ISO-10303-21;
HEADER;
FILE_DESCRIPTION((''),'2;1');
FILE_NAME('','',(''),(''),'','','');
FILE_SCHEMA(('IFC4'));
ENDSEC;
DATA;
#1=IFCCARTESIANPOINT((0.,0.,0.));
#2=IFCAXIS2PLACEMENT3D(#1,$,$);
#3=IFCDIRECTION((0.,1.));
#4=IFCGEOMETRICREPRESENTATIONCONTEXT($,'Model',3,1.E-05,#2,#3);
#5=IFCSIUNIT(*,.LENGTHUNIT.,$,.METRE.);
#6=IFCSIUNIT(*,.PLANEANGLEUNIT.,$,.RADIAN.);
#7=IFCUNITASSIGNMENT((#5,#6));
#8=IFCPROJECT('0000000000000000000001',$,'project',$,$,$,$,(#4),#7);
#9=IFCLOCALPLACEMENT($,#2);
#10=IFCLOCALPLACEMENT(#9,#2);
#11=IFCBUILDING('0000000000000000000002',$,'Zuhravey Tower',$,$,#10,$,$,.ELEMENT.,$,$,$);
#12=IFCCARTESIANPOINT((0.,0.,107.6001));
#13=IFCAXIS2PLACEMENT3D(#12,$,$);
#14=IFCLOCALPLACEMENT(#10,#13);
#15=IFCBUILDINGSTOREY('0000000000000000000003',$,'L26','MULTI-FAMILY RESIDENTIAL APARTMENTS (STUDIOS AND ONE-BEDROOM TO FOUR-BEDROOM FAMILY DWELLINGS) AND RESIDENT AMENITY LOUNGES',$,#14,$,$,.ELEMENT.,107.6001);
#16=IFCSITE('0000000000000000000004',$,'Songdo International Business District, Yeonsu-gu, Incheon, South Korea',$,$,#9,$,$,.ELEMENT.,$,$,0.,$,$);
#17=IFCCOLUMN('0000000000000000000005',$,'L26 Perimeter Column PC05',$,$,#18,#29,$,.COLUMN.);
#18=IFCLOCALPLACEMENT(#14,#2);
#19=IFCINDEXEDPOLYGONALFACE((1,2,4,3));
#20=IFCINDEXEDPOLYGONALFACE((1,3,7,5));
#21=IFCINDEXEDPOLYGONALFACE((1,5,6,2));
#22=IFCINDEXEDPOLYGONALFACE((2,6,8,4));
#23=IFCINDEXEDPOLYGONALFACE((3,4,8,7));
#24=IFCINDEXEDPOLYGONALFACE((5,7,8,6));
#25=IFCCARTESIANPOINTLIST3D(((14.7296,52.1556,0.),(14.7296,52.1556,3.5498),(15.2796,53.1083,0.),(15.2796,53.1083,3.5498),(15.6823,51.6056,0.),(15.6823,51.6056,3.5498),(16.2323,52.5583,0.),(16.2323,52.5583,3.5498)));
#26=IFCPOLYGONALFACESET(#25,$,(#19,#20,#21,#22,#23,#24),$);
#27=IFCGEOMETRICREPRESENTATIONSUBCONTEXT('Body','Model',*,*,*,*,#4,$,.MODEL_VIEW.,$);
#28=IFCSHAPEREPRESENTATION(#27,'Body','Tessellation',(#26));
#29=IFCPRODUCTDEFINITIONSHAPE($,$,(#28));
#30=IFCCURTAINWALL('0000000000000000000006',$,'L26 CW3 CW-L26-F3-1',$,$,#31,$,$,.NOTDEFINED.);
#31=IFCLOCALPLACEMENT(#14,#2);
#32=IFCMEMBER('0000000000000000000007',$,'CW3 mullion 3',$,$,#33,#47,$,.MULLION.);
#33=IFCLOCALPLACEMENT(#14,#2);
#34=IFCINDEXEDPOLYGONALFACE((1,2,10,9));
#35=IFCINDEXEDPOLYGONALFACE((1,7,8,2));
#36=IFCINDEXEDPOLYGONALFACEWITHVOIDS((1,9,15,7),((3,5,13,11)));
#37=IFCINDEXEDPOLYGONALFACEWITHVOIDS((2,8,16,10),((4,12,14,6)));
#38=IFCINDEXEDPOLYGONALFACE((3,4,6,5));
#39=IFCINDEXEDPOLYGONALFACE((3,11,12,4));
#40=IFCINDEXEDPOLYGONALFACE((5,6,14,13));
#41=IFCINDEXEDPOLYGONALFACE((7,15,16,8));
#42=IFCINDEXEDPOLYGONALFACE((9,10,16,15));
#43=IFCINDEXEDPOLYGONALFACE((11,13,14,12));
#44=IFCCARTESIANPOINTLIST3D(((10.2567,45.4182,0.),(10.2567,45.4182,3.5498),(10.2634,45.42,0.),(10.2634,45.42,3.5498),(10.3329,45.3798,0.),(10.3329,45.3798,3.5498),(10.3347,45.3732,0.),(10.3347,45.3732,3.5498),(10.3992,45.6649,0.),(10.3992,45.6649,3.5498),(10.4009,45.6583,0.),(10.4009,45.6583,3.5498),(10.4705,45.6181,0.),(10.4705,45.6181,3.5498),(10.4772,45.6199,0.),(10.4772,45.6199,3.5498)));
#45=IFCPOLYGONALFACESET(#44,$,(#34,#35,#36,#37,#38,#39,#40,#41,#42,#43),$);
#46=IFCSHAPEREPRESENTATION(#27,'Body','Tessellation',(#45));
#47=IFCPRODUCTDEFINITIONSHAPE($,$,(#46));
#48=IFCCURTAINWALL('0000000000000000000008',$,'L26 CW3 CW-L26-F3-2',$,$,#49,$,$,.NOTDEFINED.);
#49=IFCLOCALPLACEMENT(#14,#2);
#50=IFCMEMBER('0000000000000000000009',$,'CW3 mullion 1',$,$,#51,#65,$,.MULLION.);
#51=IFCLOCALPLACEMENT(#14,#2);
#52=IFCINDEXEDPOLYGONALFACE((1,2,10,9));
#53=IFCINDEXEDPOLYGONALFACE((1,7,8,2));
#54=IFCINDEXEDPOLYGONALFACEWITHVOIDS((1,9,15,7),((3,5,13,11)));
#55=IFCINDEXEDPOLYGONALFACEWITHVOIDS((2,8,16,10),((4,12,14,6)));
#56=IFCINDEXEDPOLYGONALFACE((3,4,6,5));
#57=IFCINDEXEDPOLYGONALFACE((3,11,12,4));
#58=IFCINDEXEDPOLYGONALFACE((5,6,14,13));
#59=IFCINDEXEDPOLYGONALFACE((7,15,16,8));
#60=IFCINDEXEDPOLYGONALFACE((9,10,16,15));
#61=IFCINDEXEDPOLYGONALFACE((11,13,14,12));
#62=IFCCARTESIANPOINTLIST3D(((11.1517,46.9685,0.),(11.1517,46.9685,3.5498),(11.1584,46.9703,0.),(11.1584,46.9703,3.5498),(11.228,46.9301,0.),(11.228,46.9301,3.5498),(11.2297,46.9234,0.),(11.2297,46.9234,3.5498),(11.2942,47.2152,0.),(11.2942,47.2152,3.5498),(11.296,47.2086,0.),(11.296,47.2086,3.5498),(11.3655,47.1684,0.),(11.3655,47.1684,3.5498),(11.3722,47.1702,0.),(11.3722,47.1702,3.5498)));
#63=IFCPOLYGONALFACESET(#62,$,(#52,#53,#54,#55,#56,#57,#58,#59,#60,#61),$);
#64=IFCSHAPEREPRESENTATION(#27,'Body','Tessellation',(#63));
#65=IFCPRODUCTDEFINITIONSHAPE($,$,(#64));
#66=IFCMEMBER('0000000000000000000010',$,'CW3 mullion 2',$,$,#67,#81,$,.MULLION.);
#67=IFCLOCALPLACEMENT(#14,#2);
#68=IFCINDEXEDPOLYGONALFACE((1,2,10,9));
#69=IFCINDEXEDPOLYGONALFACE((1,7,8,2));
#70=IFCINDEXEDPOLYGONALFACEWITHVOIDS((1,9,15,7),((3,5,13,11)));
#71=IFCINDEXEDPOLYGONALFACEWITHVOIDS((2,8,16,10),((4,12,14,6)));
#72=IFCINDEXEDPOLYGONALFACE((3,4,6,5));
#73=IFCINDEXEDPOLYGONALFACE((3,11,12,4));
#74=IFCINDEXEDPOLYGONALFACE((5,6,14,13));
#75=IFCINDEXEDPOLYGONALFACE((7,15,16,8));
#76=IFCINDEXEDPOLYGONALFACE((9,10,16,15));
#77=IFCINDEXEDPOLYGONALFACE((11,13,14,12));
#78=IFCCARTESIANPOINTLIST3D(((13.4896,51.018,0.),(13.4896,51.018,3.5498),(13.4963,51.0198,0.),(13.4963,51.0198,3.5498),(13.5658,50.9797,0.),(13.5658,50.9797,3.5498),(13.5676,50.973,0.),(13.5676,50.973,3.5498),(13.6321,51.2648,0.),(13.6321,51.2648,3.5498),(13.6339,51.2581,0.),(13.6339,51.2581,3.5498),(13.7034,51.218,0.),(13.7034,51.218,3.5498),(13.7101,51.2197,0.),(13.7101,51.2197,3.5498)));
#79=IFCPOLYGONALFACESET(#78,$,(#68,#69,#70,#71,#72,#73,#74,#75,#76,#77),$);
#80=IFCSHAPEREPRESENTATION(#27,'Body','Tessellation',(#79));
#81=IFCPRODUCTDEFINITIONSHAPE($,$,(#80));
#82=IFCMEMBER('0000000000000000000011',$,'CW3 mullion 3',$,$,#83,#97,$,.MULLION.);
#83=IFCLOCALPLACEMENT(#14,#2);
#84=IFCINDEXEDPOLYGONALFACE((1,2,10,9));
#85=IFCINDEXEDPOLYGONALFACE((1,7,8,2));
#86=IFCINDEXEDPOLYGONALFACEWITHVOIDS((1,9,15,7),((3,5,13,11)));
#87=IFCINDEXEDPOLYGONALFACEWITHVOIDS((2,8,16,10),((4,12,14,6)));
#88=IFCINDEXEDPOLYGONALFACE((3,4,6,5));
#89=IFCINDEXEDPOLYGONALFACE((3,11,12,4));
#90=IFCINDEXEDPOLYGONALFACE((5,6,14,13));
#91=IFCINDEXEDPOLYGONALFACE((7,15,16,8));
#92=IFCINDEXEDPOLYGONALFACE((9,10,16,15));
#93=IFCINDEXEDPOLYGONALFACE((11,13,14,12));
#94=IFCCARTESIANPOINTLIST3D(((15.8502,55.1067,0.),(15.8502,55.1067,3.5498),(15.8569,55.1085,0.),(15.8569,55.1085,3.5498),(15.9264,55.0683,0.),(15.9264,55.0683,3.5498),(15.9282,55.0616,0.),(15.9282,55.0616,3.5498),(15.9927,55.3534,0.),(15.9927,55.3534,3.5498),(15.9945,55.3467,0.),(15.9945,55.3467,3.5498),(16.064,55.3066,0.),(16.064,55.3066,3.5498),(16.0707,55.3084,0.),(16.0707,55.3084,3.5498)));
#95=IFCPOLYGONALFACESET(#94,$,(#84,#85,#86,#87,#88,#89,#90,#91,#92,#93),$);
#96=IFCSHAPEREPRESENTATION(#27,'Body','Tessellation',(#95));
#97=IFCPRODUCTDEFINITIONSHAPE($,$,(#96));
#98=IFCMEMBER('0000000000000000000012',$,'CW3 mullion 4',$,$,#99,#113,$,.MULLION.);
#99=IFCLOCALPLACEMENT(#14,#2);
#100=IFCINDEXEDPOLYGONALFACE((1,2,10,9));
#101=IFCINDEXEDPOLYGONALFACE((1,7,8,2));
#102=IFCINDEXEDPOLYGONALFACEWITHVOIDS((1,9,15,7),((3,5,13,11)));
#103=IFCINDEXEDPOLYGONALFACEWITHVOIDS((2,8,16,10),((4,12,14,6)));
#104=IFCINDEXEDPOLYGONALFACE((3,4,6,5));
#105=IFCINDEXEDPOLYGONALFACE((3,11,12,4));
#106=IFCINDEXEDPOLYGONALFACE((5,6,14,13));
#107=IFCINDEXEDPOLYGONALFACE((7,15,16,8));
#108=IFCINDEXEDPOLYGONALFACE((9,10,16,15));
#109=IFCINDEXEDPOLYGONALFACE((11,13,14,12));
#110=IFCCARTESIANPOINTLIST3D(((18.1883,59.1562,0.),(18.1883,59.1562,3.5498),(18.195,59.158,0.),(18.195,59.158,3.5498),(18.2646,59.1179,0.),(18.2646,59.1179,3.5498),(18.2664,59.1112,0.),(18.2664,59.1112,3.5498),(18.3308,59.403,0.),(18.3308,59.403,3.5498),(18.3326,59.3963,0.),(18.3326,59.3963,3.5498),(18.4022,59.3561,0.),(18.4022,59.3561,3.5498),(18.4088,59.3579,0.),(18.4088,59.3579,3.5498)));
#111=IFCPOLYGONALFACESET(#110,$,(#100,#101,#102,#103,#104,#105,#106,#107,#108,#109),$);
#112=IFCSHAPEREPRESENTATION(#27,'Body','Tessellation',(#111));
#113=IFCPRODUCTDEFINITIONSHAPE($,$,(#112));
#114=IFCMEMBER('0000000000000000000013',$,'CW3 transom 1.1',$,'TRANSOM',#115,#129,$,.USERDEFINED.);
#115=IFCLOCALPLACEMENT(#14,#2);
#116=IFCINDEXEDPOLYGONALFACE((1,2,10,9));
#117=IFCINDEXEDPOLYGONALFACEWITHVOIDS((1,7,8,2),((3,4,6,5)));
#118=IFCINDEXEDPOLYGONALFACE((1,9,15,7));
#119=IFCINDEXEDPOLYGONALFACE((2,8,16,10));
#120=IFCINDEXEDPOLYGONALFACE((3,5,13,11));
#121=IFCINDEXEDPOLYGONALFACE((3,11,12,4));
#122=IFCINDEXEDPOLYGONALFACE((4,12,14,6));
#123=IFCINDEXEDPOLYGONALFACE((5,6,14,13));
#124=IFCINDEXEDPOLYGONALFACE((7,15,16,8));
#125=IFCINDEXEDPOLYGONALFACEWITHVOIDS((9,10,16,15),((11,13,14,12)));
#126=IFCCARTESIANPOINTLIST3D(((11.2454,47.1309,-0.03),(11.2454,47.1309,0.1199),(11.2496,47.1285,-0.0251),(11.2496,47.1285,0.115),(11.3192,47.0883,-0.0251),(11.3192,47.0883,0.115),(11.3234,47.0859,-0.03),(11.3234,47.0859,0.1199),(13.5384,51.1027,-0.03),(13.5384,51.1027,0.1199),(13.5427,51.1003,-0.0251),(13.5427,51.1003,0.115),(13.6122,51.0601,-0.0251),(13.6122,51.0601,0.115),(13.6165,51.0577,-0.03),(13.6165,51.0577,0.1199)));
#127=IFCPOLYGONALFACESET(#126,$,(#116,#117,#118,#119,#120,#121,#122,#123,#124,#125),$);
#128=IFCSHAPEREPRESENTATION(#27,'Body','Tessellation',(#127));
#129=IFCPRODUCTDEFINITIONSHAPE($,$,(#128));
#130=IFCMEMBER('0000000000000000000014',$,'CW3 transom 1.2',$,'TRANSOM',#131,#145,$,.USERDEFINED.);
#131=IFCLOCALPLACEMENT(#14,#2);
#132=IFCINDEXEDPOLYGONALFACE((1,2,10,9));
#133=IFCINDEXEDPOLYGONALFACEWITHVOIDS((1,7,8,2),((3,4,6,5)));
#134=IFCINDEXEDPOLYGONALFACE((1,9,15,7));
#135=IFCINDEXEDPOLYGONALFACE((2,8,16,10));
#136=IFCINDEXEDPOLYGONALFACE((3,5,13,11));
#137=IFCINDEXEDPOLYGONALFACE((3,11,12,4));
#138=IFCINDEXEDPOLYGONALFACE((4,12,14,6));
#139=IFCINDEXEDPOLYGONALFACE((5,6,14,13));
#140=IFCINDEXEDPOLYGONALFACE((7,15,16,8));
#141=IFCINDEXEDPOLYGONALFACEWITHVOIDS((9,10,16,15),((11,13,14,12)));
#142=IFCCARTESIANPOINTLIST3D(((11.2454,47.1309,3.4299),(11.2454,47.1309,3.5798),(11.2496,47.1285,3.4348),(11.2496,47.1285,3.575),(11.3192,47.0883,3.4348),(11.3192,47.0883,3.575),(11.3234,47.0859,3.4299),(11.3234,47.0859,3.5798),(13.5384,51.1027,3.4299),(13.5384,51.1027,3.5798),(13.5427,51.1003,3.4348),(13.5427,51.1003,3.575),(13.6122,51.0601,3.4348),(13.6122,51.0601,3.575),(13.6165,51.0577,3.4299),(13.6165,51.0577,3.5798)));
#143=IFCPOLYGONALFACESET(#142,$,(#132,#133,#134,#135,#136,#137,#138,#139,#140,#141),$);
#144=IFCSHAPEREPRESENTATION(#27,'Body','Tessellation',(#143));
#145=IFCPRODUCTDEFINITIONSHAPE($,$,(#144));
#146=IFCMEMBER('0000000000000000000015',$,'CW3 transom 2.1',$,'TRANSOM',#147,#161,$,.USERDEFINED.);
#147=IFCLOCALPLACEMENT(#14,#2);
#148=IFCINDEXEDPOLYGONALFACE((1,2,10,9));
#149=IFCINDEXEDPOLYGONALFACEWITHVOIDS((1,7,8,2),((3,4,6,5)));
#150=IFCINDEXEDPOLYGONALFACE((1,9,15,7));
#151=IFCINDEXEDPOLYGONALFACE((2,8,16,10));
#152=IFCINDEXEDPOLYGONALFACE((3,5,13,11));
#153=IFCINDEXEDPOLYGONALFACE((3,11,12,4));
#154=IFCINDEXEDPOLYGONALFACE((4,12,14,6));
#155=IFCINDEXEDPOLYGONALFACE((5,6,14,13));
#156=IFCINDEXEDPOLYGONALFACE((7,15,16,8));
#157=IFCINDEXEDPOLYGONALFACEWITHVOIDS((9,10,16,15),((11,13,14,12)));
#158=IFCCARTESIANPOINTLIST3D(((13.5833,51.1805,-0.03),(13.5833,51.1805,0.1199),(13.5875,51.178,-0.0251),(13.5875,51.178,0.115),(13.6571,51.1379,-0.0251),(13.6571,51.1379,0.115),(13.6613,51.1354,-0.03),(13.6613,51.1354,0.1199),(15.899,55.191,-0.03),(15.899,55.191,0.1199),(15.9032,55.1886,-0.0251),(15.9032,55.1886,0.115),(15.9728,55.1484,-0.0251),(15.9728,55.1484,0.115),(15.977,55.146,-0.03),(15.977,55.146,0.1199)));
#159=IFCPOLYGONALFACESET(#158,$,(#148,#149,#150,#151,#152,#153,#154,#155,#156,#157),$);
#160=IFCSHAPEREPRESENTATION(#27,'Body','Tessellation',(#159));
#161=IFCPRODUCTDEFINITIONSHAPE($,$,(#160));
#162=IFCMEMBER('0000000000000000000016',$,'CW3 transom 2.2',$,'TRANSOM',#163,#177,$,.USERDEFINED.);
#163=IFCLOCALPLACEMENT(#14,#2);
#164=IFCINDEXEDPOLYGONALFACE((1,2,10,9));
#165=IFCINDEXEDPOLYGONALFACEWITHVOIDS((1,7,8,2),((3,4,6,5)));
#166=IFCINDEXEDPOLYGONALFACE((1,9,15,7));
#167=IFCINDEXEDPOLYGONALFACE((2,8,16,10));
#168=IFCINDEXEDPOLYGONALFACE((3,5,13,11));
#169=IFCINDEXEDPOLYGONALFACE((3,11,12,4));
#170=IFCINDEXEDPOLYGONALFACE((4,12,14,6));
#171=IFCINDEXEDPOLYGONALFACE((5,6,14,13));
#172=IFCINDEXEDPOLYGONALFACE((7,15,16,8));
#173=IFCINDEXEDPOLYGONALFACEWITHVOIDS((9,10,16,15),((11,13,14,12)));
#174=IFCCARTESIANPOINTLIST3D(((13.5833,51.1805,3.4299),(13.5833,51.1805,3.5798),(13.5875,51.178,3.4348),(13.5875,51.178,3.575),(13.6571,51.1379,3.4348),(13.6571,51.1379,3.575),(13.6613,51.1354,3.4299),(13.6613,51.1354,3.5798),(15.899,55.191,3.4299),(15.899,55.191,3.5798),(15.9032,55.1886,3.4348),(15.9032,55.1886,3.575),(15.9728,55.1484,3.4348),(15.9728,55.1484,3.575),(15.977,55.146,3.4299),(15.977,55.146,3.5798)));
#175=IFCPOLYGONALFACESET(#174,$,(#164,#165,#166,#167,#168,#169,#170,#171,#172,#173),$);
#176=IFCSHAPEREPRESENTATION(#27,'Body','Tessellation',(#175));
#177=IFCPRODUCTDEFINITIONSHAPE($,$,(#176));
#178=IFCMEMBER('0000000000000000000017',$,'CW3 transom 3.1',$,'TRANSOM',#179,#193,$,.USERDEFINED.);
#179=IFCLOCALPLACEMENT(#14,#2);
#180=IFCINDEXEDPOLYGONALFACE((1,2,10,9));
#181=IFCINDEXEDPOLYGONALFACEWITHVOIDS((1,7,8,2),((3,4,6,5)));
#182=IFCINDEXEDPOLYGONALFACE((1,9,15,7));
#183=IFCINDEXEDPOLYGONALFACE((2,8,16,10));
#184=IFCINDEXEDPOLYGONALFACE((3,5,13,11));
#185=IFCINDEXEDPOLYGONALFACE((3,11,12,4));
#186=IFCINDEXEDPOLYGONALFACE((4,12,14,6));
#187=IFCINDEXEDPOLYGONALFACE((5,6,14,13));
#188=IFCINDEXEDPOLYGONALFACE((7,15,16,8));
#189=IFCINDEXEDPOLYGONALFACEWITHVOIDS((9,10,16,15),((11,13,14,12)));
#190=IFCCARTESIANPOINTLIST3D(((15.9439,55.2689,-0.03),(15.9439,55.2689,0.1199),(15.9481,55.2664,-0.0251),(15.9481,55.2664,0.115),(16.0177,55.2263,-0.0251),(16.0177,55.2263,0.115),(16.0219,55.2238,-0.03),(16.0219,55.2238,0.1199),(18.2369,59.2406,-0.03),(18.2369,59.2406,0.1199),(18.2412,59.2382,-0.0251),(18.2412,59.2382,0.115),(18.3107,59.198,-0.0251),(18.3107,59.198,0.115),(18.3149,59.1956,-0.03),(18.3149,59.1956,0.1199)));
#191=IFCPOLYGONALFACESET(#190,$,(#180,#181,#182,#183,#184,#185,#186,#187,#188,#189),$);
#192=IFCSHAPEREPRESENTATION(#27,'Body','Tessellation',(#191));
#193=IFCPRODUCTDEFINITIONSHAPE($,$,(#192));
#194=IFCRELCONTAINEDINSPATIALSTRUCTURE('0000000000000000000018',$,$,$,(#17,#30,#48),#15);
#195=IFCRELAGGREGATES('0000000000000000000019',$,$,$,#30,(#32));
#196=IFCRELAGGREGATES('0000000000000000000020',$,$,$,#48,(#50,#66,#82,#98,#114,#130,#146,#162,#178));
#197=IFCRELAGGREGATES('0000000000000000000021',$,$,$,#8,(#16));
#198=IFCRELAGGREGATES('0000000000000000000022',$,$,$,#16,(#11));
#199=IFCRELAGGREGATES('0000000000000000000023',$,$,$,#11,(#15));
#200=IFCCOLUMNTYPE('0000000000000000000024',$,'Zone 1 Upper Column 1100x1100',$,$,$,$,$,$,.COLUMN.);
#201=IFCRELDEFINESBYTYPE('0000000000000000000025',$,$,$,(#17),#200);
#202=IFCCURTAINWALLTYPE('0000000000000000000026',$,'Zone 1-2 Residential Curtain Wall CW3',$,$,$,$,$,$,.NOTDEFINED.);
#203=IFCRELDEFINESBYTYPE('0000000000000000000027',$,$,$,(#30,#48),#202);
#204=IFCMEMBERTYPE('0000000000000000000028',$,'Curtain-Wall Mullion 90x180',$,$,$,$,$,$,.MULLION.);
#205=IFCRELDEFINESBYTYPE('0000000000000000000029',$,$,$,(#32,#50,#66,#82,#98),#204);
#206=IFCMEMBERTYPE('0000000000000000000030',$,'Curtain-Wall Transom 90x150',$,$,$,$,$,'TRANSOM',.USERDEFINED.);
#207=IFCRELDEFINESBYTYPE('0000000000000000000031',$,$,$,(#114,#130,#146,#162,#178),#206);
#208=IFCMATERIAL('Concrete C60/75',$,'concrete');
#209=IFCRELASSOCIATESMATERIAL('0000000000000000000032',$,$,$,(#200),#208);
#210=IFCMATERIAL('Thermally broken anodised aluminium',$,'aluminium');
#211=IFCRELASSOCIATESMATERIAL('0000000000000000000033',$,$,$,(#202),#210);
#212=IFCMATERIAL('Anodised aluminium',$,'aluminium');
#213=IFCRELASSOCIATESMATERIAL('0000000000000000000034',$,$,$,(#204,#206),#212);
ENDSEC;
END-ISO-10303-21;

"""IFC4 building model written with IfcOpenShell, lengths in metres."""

from ifc_helpers import new_model, si_unit, direction, frame, origin, origin_2d, place, context, subcontext, project, spatial, rectangle, hollow_rectangle, extrude, material, material_profile, profile_set, type_object, element, aggregate, save


model = new_model("IFC4")

# Units and contexts
model_context = context("Model", 3, precision=1e-05, world=origin(), true_north=direction((0.0, 1.0)))
body_context = subcontext(model_context, "Body", "Model", "MODEL_VIEW")
ifc_project = project(units=[si_unit("LENGTHUNIT", "METRE"), si_unit("PLANEANGLEUNIT", "RADIAN")], contexts=[model_context])

# Site, building, storey
site_placement = place(None, origin())
site = spatial("IfcSite", under=ifc_project, at=site_placement, Name="Songdo International Business District, Yeonsu-gu, Incheon, South Korea", CompositionType="ELEMENT", RefElevation=0.0)
building_placement = place(site_placement, origin())
building = spatial("IfcBuilding", under=site, at=building_placement, Name="Zuhravey Tower", CompositionType="ELEMENT")
storey_placement = place(building_placement, frame((0.0, 0.0, 107.6001)))
storey = spatial("IfcBuildingStorey", under=building, at=storey_placement, Name="L26", Description="MULTI-FAMILY RESIDENTIAL APARTMENTS (STUDIOS AND ONE-BEDROOM TO FOUR-BEDROOM FAMILY DWELLINGS) AND RESIDENT AMENITY LOUNGES", CompositionType="ELEMENT", Elevation=107.6001)

# Column
ifc_material_1 = material(Name="Concrete C60/75", Category="concrete")
ifc_material_profile_1 = material_profile(ifc_material_1, rectangle(XDim=1.1001, YDim=1.1001, at=origin_2d()), Name="RC-1100x1100")
ifc_profile_set_1 = profile_set([ifc_material_profile_1], Name="Concrete C60/75")
column_type = type_object("IfcColumnType", Name="Zone 1 Upper Column 1100x1100", PredefinedType="COLUMN", material=ifc_profile_set_1)
column_placement = place(storey_placement, frame((15.481, 52.3569, 0.0), z_axis=(0.0, 0.0, 1.0), x_axis=(-0.5, -0.866025, 0.0)))
element("IfcColumn", 1, at=column_placement, inside=storey, type_object=column_type, Name="L26 Perimeter Column PC05", PredefinedType="COLUMN", context=body_context, shape_type="SweptSolid", body=[
    extrude(rectangle(XDim=1.1001, YDim=1.1001, at=origin_2d()), origin(), (0.0, 0.0, 1.0), 3.5498),
])

# Curtain wall, member
ifc_material_2 = material(Name="Thermally broken anodised aluminium", Category="aluminium")
curtain_wall_type = type_object("IfcCurtainWallType", Name="Zone 1-2 Residential Curtain Wall CW3", PredefinedType="NOTDEFINED", material=ifc_material_2)
curtain_wall_1_placement = place(storey_placement, origin())
curtain_wall_1 = element("IfcCurtainWall", 2, at=curtain_wall_1_placement, inside=storey, type_object=curtain_wall_type, Name="L26 CW3 CW-L26-F3-1", PredefinedType="NOTDEFINED")
ifc_material_3 = material(Name="Anodised aluminium", Category="aluminium")
ifc_material_profile_2 = material_profile(ifc_material_3, hollow_rectangle(XDim=0.0901, YDim=0.2849, WallThickness=0.0049, at=origin_2d()), Name="ALU-RHS-90x285x5")
ifc_profile_set_2 = profile_set([ifc_material_profile_2], Name="Anodised aluminium")
member_type_1 = type_object("IfcMemberType", Name="Curtain-Wall Mullion 90x180", PredefinedType="MULLION", material=ifc_profile_set_2)
member_1_placement = place(storey_placement, frame((10.3669, 45.519, 0.0), z_axis=(0.0, 0.0, 1.0), x_axis=(-0.866026, 0.499998, 0.0)))
member_1 = element("IfcMember", 3, at=member_1_placement, type_object=member_type_1, Name="CW3 mullion 3", PredefinedType="MULLION", context=body_context, shape_type="SweptSolid", body=[
    extrude(hollow_rectangle(XDim=0.0901, YDim=0.2849, WallThickness=0.0049, at=origin_2d()), origin(), (0.0, 0.0, 1.0), 3.5498),
])
aggregate(curtain_wall_1, [member_1])

# Curtain wall, members
curtain_wall_2_placement = place(storey_placement, origin())
curtain_wall_2 = element("IfcCurtainWall", 4, at=curtain_wall_2_placement, inside=storey, type_object=curtain_wall_type, Name="L26 CW3 CW-L26-F3-2", PredefinedType="NOTDEFINED")
member_2_placement = place(storey_placement, frame((11.262, 47.0693, 0.0), z_axis=(0.0, 0.0, 1.0), x_axis=(-0.866024, 0.500003, 0.0)))
member_2 = element("IfcMember", 5, at=member_2_placement, type_object=member_type_1, Name="CW3 mullion 1", PredefinedType="MULLION", context=body_context, shape_type="SweptSolid", body=[
    extrude(hollow_rectangle(XDim=0.0901, YDim=0.2849, WallThickness=0.0049, at=origin_2d()), origin(), (0.0, 0.0, 1.0), 3.5498),
])
member_3_placement = place(storey_placement, frame((13.5999, 51.1189, 0.0), z_axis=(0.0, 0.0, 1.0), x_axis=(-0.866024, 0.500003, 0.0)))
member_3 = element("IfcMember", 6, at=member_3_placement, type_object=member_type_1, Name="CW3 mullion 2", PredefinedType="MULLION", context=body_context, shape_type="SweptSolid", body=[
    extrude(hollow_rectangle(XDim=0.0901, YDim=0.2849, WallThickness=0.0049, at=origin_2d()), origin(), (0.0, 0.0, 1.0), 3.5498),
])
member_4_placement = place(storey_placement, frame((15.9604, 55.2075, 0.0), z_axis=(0.0, 0.0, 1.0), x_axis=(-0.866024, 0.500003, 0.0)))
member_4 = element("IfcMember", 7, at=member_4_placement, type_object=member_type_1, Name="CW3 mullion 3", PredefinedType="MULLION", context=body_context, shape_type="SweptSolid", body=[
    extrude(hollow_rectangle(XDim=0.0901, YDim=0.2849, WallThickness=0.0049, at=origin_2d()), origin(), (0.0, 0.0, 1.0), 3.5498),
])
member_5_placement = place(storey_placement, frame((18.2986, 59.2571, 0.0), z_axis=(0.0, 0.0, 1.0), x_axis=(-0.866024, 0.500003, 0.0)))
member_5 = element("IfcMember", 8, at=member_5_placement, type_object=member_type_1, Name="CW3 mullion 4", PredefinedType="MULLION", context=body_context, shape_type="SweptSolid", body=[
    extrude(hollow_rectangle(XDim=0.0901, YDim=0.2849, WallThickness=0.0049, at=origin_2d()), origin(), (0.0, 0.0, 1.0), 3.5498),
])
ifc_material_profile_3 = material_profile(ifc_material_3, hollow_rectangle(XDim=0.0901, YDim=0.1499, WallThickness=0.0049, at=origin_2d()), Name="ALU-RHS-90x150x5")
ifc_profile_set_3 = profile_set([ifc_material_profile_3], Name="Anodised aluminium")
member_type_2 = type_object("IfcMemberType", Name="Curtain-Wall Transom 90x150", ElementType="TRANSOM", PredefinedType="USERDEFINED", material=ifc_profile_set_3)
member_6_placement = place(storey_placement, frame((11.2844, 47.1084, 0.0449), z_axis=(0.499987, 0.866033, 0.0), x_axis=(-0.866033, 0.499987, 0.0)))
member_6 = element("IfcMember", 9, at=member_6_placement, type_object=member_type_2, Name="CW3 transom 1.1", ObjectType="TRANSOM", PredefinedType="USERDEFINED", context=body_context, shape_type="SweptSolid", body=[
    extrude(hollow_rectangle(XDim=0.0901, YDim=0.1499, WallThickness=0.0049, at=origin_2d()), origin(), (0.0, 0.0, 1.0), 4.5862),
])
member_7_placement = place(storey_placement, frame((11.2844, 47.1084, 3.5049), z_axis=(0.499987, 0.866033, 0.0), x_axis=(-0.866033, 0.499987, 0.0)))
member_7 = element("IfcMember", 10, at=member_7_placement, type_object=member_type_2, Name="CW3 transom 1.2", ObjectType="TRANSOM", PredefinedType="USERDEFINED", context=body_context, shape_type="SweptSolid", body=[
    extrude(hollow_rectangle(XDim=0.0901, YDim=0.1499, WallThickness=0.0049, at=origin_2d()), origin(), (0.0, 0.0, 1.0), 4.5862),
])
member_8_placement = place(storey_placement, frame((13.6223, 51.158, 0.0449), z_axis=(0.500034, 0.866006, 0.0), x_axis=(-0.866006, 0.500034, 0.0)))
member_8 = element("IfcMember", 11, at=member_8_placement, type_object=member_type_2, Name="CW3 transom 2.1", ObjectType="TRANSOM", PredefinedType="USERDEFINED", context=body_context, shape_type="SweptSolid", body=[
    extrude(hollow_rectangle(XDim=0.0901, YDim=0.1499, WallThickness=0.0049, at=origin_2d()), origin(), (0.0, 0.0, 1.0), 4.6311),
])
member_9_placement = place(storey_placement, frame((13.6223, 51.158, 3.5049), z_axis=(0.500034, 0.866006, 0.0), x_axis=(-0.866006, 0.500034, 0.0)))
member_9 = element("IfcMember", 12, at=member_9_placement, type_object=member_type_2, Name="CW3 transom 2.2", ObjectType="TRANSOM", PredefinedType="USERDEFINED", context=body_context, shape_type="SweptSolid", body=[
    extrude(hollow_rectangle(XDim=0.0901, YDim=0.1499, WallThickness=0.0049, at=origin_2d()), origin(), (0.0, 0.0, 1.0), 4.6311),
])
member_10_placement = place(storey_placement, frame((15.9829, 55.2463, 0.0449), z_axis=(0.499987, 0.866033, 0.0), x_axis=(-0.866033, 0.499987, 0.0)))
member_10 = element("IfcMember", 13, at=member_10_placement, type_object=member_type_2, Name="CW3 transom 3.1", ObjectType="TRANSOM", PredefinedType="USERDEFINED", context=body_context, shape_type="SweptSolid", body=[
    extrude(hollow_rectangle(XDim=0.0901, YDim=0.1499, WallThickness=0.0049, at=origin_2d()), origin(), (0.0, 0.0, 1.0), 4.5862),
])

aggregate(curtain_wall_2, [member_2, member_3, member_4, member_5, member_6, member_7, member_8, member_9, member_10])

save(model, "model.ifc")
